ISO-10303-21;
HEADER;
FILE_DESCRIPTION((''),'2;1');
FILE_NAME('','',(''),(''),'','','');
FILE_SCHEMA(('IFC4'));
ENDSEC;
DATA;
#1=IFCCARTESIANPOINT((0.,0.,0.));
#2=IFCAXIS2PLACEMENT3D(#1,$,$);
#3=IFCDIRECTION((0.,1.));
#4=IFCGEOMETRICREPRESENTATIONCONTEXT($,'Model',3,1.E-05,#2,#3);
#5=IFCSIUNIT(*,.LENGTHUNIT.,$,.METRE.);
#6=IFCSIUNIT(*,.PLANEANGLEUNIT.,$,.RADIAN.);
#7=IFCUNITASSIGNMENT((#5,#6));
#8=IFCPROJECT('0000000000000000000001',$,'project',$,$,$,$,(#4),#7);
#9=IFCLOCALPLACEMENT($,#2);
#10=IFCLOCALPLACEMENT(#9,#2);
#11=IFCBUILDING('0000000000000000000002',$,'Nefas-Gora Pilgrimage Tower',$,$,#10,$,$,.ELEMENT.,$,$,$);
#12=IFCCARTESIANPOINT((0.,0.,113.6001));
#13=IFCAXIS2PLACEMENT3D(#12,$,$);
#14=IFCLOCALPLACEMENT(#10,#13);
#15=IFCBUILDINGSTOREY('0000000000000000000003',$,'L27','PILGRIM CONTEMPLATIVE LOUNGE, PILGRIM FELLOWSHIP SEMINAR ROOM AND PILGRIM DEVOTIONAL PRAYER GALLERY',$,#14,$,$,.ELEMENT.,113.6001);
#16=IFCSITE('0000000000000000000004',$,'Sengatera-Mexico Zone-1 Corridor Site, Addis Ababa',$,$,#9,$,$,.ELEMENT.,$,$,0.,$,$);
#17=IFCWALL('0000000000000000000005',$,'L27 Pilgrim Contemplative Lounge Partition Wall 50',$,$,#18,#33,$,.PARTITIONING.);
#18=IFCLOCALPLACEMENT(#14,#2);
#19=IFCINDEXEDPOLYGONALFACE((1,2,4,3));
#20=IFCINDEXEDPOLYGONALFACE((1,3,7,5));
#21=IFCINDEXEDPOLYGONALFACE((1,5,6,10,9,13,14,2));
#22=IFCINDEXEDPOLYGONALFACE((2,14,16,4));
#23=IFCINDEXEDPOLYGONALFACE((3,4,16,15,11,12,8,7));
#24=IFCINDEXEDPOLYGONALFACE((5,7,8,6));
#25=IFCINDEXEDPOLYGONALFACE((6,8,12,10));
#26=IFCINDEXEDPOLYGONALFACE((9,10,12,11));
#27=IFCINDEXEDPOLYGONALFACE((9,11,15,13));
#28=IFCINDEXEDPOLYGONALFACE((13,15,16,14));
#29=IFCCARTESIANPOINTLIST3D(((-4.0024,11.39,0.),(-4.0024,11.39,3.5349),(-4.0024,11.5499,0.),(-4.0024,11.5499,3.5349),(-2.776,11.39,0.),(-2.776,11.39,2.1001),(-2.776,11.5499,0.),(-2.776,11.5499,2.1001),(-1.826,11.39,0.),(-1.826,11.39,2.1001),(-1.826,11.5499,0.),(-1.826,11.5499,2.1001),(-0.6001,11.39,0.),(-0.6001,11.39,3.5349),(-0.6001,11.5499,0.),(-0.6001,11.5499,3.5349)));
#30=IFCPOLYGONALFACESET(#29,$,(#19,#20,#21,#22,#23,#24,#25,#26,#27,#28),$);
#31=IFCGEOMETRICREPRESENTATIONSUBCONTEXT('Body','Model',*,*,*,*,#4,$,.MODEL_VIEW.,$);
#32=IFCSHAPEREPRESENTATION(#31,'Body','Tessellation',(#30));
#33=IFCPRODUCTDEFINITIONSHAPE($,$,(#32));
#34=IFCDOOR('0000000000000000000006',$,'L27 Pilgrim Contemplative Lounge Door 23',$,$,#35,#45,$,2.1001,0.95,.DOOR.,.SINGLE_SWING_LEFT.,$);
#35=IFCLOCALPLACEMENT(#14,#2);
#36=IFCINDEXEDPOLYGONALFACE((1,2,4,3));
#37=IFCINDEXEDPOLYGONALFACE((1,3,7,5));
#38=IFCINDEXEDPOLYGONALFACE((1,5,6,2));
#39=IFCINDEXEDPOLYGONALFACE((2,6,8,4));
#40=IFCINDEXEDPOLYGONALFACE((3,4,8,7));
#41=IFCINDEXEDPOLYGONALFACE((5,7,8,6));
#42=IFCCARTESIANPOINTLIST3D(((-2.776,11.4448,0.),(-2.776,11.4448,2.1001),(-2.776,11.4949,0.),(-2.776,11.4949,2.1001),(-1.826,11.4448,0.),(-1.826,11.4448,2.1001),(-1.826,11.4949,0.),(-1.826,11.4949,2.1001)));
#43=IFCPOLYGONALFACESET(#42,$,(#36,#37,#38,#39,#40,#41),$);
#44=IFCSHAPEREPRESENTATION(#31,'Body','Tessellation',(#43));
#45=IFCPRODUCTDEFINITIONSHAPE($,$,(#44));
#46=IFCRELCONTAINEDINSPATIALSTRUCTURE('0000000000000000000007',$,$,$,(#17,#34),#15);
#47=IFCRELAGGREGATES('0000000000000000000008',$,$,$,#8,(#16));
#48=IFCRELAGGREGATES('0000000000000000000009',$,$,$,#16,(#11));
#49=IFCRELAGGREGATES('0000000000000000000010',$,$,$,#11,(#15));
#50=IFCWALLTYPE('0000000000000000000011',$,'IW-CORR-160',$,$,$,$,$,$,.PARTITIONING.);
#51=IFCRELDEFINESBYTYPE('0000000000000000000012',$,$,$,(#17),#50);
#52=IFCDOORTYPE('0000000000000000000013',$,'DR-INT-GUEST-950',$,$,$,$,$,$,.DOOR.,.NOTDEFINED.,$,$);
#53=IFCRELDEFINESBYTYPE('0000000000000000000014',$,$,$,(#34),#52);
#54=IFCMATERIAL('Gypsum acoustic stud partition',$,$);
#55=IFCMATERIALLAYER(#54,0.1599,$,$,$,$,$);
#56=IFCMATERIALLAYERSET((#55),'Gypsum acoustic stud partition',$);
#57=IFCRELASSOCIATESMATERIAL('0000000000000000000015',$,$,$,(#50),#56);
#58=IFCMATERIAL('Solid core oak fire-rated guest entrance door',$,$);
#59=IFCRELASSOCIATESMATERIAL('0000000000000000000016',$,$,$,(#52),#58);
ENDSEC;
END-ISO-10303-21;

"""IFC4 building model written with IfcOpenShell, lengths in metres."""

from ifc_helpers import new_model, si_unit, direction, frame, frame_2d, origin, place, context, subcontext, project, spatial, rectangle, extrude, source, transform, mapped, material, layer, layer_set, type_object, element, fill, save


model = new_model("IFC4")

# Units and contexts
model_context = context("Model", 3, precision=1e-05, world=origin(), true_north=direction((0.0, 1.0)))
body_context = subcontext(model_context, "Body", "Model", "MODEL_VIEW")
ifc_project = project(units=[si_unit("LENGTHUNIT", "METRE"), si_unit("PLANEANGLEUNIT", "RADIAN")], contexts=[model_context])

# Site, building, storey
site_placement = place(None, origin())
site = spatial("IfcSite", under=ifc_project, at=site_placement, Name="Sengatera-Mexico Zone-1 Corridor Site, Addis Ababa", CompositionType="ELEMENT", RefElevation=0.0)
building_placement = place(site_placement, origin())
building = spatial("IfcBuilding", under=site, at=building_placement, Name="Nefas-Gora Pilgrimage Tower", CompositionType="ELEMENT")
storey_placement = place(building_placement, frame((0.0, 0.0, 113.6001)))
storey = spatial("IfcBuildingStorey", under=building, at=storey_placement, Name="L27", Description="PILGRIM CONTEMPLATIVE LOUNGE, PILGRIM FELLOWSHIP SEMINAR ROOM AND PILGRIM DEVOTIONAL PRAYER GALLERY", CompositionType="ELEMENT", Elevation=113.6001)

# Shared definitions
ifc_material_1 = material(Name="Gypsum acoustic stud partition")
ifc_layer_1 = layer(ifc_material_1, 0.1599)
ifc_layer_set_1 = layer_set([ifc_layer_1], Name="Gypsum acoustic stud partition")
wall_type_1 = type_object("IfcWallType", Name="IW-CORR-160", PredefinedType="PARTITIONING", material=ifc_layer_set_1)
ifc_material_2 = material(Name="Solid core oak fire-rated guest entrance door")
door_type_1 = type_object("IfcDoorType", Name="DR-INT-GUEST-950", OperationType="NOTDEFINED", PredefinedType="DOOR", material=ifc_material_2)
shared_shape_1 = source(origin(), body_context, "Body", "SweptSolid", [
    extrude(rectangle(XDim=0.95, YDim=2.1001, at=frame_2d((0.4751, 1.05))), frame((0.0, 0.0249, 0.0), z_axis=(0.0, -1.0, 0.0), x_axis=(1.0, 0.0, 0.0)), (0.0, 0.0, 1.0), 0.05),
])

# Wall, opening, door
shared_shape_2 = source(origin(), body_context, "Body", "SweptSolid", [
    extrude(rectangle(XDim=3.4023, YDim=0.1599, at=frame_2d((1.7012, 0.0))), origin(), (0.0, 0.0, 1.0), 3.5349),
])
wall_1_placement = place(storey_placement, frame((-4.0024, 11.47, 0.0), z_axis=(0.0, 0.0, 1.0), x_axis=(1.0, 0.0, 0.0)))
wall_1 = element("IfcWall", 1, at=wall_1_placement, inside=storey, type_object=wall_type_1, Name="L27 Pilgrim Contemplative Lounge Partition Wall 50", PredefinedType="PARTITIONING", context=body_context, shape_type="MappedRepresentation", body=[
    mapped(shared_shape_2, transform((0.0, 0.0, 0.0), x_axis=(1.0, 0.0, 0.0), y_axis=(0.0, 1.0, 0.0), z_axis=(0.0, 0.0, 1.0), scale=1.0)),
])
opening_1_placement = place(wall_1_placement, frame((1.2263, 0.0, 0.0)))
opening_1 = element("IfcOpeningElement", 2, at=opening_1_placement, cuts=wall_1, PredefinedType="OPENING", context=body_context, shape_type="SweptSolid", body=[
    extrude(rectangle(XDim=0.95, YDim=2.1001, at=frame_2d((0.4751, 1.05))), frame((0.0, 0.0898, 0.0), z_axis=(0.0, -1.0, 0.0), x_axis=(1.0, 0.0, 0.0)), (0.0, 0.0, 1.0), 0.1799),
])
door_1_placement = place(opening_1_placement, origin())
door_1 = element("IfcDoor", 3, at=door_1_placement, inside=storey, type_object=door_type_1, Name="L27 Pilgrim Contemplative Lounge Door 23", OperationType="SINGLE_SWING_LEFT", OverallHeight=2.1001, OverallWidth=0.95, PredefinedType="DOOR", context=body_context, shape_type="MappedRepresentation", body=[
    mapped(shared_shape_1, transform((0.0, 0.0, 0.0), x_axis=(1.0, 0.0, 0.0), y_axis=(0.0, 1.0, 0.0), z_axis=(0.0, 0.0, 1.0), scale=1.0)),
])
fill(opening_1, door_1)

save(model, "model.ifc")
